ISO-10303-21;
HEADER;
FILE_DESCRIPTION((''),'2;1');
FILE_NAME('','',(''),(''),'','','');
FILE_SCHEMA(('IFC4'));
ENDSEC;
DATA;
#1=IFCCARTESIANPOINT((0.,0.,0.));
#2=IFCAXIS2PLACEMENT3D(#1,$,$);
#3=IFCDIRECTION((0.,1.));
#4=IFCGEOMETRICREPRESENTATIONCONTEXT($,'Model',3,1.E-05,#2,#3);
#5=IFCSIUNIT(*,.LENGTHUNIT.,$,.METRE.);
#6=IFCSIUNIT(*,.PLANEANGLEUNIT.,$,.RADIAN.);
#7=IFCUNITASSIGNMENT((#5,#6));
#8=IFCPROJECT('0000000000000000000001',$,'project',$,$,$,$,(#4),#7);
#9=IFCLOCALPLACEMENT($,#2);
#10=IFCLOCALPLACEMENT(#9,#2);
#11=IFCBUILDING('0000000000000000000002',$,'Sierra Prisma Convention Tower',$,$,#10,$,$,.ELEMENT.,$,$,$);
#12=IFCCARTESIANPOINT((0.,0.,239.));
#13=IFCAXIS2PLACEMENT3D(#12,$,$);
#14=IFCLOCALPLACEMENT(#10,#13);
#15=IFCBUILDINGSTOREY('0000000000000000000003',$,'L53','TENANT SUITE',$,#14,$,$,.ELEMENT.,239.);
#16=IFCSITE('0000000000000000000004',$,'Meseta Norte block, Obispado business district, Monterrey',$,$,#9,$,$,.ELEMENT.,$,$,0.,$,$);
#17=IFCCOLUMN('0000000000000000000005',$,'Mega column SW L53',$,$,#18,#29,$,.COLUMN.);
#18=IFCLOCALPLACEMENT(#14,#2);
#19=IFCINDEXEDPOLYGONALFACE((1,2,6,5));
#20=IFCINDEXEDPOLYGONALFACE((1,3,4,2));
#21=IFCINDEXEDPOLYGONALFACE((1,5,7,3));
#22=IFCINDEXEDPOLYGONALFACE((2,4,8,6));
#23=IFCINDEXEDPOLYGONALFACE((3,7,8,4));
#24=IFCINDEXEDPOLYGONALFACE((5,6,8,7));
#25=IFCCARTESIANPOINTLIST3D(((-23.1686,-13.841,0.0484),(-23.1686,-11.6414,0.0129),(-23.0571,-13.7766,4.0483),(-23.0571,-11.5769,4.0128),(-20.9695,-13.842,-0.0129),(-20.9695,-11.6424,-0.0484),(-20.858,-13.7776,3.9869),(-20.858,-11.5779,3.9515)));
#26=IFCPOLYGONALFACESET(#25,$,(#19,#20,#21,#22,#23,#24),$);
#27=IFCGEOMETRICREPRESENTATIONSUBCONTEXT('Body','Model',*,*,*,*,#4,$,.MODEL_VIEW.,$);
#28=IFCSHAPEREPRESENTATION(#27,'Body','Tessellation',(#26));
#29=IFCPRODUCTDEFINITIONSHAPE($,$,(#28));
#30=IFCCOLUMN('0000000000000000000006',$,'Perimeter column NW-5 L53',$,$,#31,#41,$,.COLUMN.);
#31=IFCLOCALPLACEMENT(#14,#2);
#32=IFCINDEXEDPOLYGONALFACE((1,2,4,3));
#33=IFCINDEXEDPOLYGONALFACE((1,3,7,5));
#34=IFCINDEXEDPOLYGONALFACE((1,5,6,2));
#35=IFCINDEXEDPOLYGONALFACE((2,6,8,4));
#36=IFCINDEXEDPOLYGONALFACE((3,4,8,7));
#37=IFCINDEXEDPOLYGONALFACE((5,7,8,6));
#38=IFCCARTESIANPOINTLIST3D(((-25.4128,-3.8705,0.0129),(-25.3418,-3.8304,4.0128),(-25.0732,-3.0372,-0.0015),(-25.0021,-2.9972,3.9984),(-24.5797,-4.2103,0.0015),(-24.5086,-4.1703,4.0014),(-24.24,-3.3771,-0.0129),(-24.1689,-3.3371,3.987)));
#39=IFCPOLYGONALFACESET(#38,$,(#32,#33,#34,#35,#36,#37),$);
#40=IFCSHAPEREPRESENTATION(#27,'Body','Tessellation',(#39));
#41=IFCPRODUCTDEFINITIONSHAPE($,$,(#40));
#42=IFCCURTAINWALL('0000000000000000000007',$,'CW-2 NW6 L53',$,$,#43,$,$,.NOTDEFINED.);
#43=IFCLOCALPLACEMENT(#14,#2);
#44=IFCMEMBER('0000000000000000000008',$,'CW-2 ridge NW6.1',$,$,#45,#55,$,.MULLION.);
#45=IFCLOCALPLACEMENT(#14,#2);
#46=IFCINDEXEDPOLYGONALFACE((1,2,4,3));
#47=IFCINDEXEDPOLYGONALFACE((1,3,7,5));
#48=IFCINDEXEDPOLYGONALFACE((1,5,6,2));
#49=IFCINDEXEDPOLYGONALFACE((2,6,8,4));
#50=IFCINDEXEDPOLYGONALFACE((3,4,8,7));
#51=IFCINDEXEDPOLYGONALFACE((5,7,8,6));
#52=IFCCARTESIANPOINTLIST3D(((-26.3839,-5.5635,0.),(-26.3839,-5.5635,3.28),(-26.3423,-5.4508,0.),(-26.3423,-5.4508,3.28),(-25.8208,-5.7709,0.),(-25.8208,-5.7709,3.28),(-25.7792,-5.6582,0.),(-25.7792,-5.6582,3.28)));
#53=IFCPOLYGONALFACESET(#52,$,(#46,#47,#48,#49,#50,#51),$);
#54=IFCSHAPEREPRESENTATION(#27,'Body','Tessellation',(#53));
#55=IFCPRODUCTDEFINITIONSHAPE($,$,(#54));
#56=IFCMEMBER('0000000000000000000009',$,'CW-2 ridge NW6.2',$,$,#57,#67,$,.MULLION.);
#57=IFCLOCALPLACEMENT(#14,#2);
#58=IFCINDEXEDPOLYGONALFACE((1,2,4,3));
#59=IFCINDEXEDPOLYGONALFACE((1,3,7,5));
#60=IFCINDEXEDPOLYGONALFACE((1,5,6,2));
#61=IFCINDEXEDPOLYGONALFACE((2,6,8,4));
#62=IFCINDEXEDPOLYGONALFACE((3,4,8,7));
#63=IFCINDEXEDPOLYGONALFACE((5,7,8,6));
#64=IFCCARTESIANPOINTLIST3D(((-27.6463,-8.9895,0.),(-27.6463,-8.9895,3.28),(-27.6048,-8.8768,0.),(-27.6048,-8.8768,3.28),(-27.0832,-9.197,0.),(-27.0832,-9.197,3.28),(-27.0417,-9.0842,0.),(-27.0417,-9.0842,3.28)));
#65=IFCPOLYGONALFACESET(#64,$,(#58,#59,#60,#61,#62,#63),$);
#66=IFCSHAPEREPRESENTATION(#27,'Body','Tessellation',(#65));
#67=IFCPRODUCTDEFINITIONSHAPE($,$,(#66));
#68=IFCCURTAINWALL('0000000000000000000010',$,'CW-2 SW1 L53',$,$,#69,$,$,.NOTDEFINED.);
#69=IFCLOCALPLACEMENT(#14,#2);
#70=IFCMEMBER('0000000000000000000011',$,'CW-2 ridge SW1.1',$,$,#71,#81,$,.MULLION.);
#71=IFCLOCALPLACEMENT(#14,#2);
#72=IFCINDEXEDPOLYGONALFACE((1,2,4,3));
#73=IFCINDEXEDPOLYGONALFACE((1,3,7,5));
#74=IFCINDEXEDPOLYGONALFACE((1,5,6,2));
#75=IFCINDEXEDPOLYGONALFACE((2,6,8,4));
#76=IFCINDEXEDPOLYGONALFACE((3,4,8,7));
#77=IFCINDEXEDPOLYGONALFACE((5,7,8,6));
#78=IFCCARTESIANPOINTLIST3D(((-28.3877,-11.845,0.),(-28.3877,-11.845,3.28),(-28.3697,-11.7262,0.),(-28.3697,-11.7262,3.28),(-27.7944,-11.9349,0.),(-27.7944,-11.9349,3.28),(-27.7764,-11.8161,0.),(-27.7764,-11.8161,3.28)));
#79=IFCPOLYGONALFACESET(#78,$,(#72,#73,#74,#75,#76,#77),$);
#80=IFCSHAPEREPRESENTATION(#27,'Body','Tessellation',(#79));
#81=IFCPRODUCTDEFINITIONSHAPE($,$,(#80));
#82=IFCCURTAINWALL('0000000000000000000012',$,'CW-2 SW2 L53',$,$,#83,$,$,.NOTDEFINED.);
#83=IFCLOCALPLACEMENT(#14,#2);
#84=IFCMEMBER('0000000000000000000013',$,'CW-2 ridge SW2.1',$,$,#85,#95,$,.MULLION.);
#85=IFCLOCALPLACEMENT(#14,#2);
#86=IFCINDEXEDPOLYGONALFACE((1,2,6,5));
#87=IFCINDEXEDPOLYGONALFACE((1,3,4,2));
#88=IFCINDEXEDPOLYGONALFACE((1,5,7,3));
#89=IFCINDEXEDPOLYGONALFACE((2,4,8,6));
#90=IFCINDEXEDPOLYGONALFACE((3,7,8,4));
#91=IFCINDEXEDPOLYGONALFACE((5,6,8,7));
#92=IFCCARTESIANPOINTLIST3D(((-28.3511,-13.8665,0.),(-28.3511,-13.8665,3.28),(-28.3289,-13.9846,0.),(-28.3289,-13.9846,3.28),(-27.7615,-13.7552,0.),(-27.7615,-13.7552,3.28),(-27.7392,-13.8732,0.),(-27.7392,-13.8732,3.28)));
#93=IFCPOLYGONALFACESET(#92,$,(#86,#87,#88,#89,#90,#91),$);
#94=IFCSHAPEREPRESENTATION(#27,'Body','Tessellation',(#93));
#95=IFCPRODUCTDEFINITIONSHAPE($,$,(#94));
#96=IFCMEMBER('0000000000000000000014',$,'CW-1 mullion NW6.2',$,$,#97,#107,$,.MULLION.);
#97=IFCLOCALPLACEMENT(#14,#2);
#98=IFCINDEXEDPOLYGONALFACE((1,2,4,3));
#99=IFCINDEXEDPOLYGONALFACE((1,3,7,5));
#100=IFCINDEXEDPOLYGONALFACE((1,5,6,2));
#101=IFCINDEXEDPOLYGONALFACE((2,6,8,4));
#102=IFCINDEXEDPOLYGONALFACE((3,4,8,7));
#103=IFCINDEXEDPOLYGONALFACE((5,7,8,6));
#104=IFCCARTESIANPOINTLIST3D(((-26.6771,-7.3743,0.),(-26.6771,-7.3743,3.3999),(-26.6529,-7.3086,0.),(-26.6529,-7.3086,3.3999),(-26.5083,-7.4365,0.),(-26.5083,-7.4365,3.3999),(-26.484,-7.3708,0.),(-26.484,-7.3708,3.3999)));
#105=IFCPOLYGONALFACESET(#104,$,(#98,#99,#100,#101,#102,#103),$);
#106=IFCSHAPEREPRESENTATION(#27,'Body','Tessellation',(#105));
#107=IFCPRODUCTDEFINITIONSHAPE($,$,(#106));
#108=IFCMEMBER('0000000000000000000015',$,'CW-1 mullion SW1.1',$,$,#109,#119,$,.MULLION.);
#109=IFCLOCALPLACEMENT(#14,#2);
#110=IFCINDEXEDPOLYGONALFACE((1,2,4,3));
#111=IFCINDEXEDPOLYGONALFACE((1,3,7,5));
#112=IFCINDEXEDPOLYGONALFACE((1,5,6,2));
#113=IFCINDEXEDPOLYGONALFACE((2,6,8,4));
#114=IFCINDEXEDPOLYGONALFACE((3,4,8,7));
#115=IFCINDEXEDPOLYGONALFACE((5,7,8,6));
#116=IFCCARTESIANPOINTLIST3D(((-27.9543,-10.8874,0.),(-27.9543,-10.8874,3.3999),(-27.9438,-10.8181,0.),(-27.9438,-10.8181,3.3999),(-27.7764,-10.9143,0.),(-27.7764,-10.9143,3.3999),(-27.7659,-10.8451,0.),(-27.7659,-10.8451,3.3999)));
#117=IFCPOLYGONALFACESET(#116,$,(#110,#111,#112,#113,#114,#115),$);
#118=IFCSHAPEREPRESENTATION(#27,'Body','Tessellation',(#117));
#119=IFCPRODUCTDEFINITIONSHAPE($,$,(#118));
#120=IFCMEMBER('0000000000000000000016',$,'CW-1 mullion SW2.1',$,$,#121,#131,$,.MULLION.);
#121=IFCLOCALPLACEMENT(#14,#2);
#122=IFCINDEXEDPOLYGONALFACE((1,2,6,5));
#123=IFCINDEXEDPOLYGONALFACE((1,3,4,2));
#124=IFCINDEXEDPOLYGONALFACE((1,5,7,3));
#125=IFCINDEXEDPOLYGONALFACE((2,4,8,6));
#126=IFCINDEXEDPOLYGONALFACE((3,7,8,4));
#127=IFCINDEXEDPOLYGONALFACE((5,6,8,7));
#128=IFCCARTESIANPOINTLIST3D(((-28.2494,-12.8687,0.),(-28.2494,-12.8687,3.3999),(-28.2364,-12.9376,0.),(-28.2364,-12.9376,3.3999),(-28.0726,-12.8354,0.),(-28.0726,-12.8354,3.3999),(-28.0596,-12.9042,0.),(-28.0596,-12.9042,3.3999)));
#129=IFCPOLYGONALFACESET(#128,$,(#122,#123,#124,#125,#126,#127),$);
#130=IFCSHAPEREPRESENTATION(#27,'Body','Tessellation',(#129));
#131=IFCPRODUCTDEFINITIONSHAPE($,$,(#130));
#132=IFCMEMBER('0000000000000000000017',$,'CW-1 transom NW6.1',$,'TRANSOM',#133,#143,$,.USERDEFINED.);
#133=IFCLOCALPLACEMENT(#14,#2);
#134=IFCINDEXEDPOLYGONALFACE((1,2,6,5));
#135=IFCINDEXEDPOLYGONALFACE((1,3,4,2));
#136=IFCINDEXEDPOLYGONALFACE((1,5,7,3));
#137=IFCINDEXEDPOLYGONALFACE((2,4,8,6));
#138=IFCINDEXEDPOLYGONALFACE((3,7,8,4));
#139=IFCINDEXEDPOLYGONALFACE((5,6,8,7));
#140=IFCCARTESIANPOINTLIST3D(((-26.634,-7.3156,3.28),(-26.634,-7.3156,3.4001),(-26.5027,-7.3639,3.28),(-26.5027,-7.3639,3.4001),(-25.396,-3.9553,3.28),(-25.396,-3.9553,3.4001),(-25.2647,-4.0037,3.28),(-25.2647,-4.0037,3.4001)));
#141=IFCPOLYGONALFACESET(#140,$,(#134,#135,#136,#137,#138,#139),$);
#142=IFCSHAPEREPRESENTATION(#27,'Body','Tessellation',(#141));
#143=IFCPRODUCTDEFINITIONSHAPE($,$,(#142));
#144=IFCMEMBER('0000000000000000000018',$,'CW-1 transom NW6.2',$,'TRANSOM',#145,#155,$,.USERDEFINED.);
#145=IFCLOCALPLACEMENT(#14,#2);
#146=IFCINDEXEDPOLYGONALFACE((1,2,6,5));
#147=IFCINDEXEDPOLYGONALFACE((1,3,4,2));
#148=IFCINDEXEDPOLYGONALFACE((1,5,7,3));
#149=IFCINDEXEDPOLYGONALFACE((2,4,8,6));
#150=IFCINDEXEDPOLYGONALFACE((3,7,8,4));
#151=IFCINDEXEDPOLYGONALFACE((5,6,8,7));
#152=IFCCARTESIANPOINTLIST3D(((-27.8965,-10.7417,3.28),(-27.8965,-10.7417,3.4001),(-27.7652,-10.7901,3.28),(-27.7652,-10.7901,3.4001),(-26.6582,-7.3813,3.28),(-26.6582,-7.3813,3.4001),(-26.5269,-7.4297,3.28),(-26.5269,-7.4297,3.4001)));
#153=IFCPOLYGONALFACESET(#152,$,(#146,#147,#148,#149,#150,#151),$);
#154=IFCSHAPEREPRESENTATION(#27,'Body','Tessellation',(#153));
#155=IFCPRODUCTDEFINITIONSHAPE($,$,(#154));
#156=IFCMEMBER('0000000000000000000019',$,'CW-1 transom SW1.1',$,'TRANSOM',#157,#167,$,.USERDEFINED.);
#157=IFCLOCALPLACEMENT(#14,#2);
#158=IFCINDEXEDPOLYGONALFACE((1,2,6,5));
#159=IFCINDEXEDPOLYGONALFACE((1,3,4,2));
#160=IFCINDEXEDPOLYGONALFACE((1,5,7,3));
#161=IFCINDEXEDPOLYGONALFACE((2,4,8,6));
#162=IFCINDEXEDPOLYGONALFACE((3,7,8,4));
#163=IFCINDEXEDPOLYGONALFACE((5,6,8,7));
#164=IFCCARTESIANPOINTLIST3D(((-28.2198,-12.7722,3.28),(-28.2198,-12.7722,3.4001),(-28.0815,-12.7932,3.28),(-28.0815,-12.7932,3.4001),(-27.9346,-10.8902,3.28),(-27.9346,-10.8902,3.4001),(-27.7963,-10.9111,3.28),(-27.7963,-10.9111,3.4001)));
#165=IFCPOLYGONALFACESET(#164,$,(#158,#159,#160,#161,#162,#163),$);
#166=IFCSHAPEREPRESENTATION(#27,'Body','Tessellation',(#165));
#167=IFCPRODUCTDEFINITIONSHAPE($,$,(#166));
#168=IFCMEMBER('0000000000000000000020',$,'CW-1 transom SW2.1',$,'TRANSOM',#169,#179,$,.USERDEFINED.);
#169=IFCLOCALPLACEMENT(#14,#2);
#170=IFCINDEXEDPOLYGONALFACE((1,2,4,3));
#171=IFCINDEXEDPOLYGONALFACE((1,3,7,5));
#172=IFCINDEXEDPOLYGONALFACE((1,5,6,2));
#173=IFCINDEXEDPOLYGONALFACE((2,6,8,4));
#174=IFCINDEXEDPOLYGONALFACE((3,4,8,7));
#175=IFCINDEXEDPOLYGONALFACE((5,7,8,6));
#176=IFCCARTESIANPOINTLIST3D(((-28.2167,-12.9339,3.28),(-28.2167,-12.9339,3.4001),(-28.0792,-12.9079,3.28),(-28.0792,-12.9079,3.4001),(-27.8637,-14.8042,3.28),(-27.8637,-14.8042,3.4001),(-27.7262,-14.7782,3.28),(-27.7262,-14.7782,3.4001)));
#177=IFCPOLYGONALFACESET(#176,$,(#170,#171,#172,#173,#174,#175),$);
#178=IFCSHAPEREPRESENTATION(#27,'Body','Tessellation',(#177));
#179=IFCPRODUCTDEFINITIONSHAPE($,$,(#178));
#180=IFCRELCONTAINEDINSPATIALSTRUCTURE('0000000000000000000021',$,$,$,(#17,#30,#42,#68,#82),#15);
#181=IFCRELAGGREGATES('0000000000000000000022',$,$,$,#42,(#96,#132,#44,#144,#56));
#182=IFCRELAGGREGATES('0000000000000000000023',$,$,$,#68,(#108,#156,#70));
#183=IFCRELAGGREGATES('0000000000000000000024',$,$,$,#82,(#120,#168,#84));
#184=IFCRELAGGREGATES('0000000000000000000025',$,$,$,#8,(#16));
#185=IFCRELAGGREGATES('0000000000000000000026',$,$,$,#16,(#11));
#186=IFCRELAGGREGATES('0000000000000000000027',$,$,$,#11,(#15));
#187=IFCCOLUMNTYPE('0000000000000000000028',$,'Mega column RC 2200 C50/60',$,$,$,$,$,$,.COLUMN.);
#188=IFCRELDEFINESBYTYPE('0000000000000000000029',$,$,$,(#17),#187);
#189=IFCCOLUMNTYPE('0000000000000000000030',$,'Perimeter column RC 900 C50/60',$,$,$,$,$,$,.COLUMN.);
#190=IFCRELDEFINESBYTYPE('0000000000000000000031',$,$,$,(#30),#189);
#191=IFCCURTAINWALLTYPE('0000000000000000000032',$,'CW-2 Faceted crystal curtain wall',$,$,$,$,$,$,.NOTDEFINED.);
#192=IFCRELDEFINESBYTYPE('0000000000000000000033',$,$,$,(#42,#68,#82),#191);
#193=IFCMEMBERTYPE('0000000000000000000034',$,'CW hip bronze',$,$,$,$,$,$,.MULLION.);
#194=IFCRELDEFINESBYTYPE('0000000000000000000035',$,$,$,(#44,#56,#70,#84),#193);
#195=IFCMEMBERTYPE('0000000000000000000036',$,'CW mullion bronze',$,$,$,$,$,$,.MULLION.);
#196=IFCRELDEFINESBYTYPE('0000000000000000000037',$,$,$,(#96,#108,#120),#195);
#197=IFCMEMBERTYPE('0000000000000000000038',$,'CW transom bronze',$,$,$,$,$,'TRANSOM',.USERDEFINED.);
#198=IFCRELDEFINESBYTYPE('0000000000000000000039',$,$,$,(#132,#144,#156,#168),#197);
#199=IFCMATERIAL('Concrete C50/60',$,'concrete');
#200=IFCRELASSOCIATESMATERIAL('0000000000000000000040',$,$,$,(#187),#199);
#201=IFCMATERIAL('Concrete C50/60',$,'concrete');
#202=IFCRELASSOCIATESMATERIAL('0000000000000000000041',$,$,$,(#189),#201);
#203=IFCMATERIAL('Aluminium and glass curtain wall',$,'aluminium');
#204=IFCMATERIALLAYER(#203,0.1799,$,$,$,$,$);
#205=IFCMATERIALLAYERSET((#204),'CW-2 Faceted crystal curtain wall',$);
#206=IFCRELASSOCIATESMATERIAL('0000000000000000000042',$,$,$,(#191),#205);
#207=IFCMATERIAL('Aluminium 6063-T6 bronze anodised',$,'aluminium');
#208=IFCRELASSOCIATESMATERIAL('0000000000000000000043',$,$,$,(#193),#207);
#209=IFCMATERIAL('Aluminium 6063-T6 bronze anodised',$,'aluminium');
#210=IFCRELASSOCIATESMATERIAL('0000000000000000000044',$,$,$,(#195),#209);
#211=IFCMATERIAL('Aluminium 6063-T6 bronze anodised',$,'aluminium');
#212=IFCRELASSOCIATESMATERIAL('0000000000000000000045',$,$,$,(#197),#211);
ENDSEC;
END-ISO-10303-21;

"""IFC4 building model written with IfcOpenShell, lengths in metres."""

from ifc_helpers import new_model, si_unit, direction, frame, origin, origin_2d, place, context, subcontext, project, spatial, rectangle, extrude, material, layer, layer_set, material_profile, profile_set, type_object, element, aggregate, save


model = new_model("IFC4")

# Units and contexts
model_context = context("Model", 3, precision=1e-05, world=origin(), true_north=direction((0.0, 1.0)))
body_context = subcontext(model_context, "Body", "Model", "MODEL_VIEW")
ifc_project = project(units=[si_unit("LENGTHUNIT", "METRE"), si_unit("PLANEANGLEUNIT", "RADIAN")], contexts=[model_context])

# Site, building, storey
site_placement = place(None, origin())
site = spatial("IfcSite", under=ifc_project, at=site_placement, Name="Meseta Norte block, Obispado business district, Monterrey", CompositionType="ELEMENT", RefElevation=0.0)
building_placement = place(site_placement, origin())
building = spatial("IfcBuilding", under=site, at=building_placement, Name="Sierra Prisma Convention Tower", CompositionType="ELEMENT")
storey_placement = place(building_placement, frame((0.0, 0.0, 239.0)))
storey = spatial("IfcBuildingStorey", under=building, at=storey_placement, Name="L53", Description="TENANT SUITE", CompositionType="ELEMENT", Elevation=239.0)

# Columns
ifc_material_1 = material(Name="Concrete C50/60", Category="concrete")
ifc_material_profile_1 = material_profile(ifc_material_1, rectangle(XDim=2.2, YDim=2.2, at=origin_2d()), Name="Mega column RC 2200 C50/60")
ifc_profile_set_1 = profile_set([ifc_material_profile_1], Name="Concrete C50/60")
column_type_1 = type_object("IfcColumnType", Name="Mega column RC 2200 C50/60", PredefinedType="COLUMN", material=ifc_profile_set_1)
column_1_placement = place(storey_placement, frame((-22.0691, -12.7417, 0.0), z_axis=(0.027879, 0.016105, 0.999482), x_axis=(0.999611, -0.000449, -0.027875)))
element("IfcColumn", 1, at=column_1_placement, inside=storey, type_object=column_type_1, Name="Mega column SW L53", PredefinedType="COLUMN", context=body_context, shape_type="SweptSolid", body=[
    extrude(rectangle(XDim=2.2, YDim=2.2, at=origin_2d()), origin(), (0.0, 0.0, 1.0), 4.002),
])
ifc_material_2 = material(Name="Concrete C50/60", Category="concrete")
ifc_material_profile_2 = material_profile(ifc_material_2, rectangle(XDim=0.8999, YDim=0.8999, at=origin_2d()), Name="Perimeter column RC 900 C50/60")
ifc_profile_set_2 = profile_set([ifc_material_profile_2], Name="Concrete C50/60")
column_type_2 = type_object("IfcColumnType", Name="Perimeter column RC 900 C50/60", PredefinedType="COLUMN", material=ifc_profile_set_2)
column_2_placement = place(storey_placement, frame((-24.8264, -3.6238, 0.0), z_axis=(0.017758, 0.010008, 0.999792), x_axis=(0.377463, 0.925887, -0.015972)))
element("IfcColumn", 2, at=column_2_placement, inside=storey, type_object=column_type_2, Name="Perimeter column NW-5 L53", PredefinedType="COLUMN", context=body_context, shape_type="SweptSolid", body=[
    extrude(rectangle(XDim=0.8999, YDim=0.8999, at=origin_2d()), origin(), (0.0, 0.0, 1.0), 4.0007),
])

# Curtain wall, members
ifc_material_3 = material(Name="Aluminium and glass curtain wall", Category="aluminium")
ifc_layer_1 = layer(ifc_material_3, 0.1799)
ifc_layer_set_1 = layer_set([ifc_layer_1], Name="CW-2 Faceted crystal curtain wall")
curtain_wall_type = type_object("IfcCurtainWallType", Name="CW-2 Faceted crystal curtain wall", PredefinedType="NOTDEFINED", material=ifc_layer_set_1)
curtain_wall_1_placement = place(storey_placement, origin())
curtain_wall_1 = element("IfcCurtainWall", 3, at=curtain_wall_1_placement, inside=storey, type_object=curtain_wall_type, Name="CW-2 NW6 L53", PredefinedType="NOTDEFINED")
ifc_material_4 = material(Name="Aluminium 6063-T6 bronze anodised", Category="aluminium")
ifc_material_profile_3 = material_profile(ifc_material_4, rectangle(XDim=0.1201, YDim=0.6001, at=origin_2d()), Name="ALU RIDGE BLADE 120x600")
ifc_profile_set_3 = profile_set([ifc_material_profile_3], Name="Aluminium 6063-T6 bronze anodised")
member_type_1 = type_object("IfcMemberType", Name="CW hip bronze", PredefinedType="MULLION", material=ifc_profile_set_3)
member_1_placement = place(storey_placement, frame((-26.0815, -5.6108, 0.0), z_axis=(0.0, 0.0, 1.0), x_axis=(-0.345714, -0.93834, 0.0)))
member_1 = element("IfcMember", 4, at=member_1_placement, type_object=member_type_1, Name="CW-2 ridge NW6.1", PredefinedType="MULLION", context=body_context, shape_type="SweptSolid", body=[
    extrude(rectangle(XDim=0.1201, YDim=0.6001, at=origin_2d()), origin(), (0.0, 0.0, 1.0), 3.28),
])
member_2_placement = place(storey_placement, frame((-27.344, -9.0369, 0.0), z_axis=(0.0, 0.0, 1.0), x_axis=(-0.345714, -0.93834, 0.0)))
member_2 = element("IfcMember", 5, at=member_2_placement, type_object=member_type_1, Name="CW-2 ridge NW6.2", PredefinedType="MULLION", context=body_context, shape_type="SweptSolid", body=[
    extrude(rectangle(XDim=0.1201, YDim=0.6001, at=origin_2d()), origin(), (0.0, 0.0, 1.0), 3.28),
])

# Curtain walls, members
curtain_wall_2_placement = place(storey_placement, origin())
curtain_wall_2 = element("IfcCurtainWall", 6, at=curtain_wall_2_placement, inside=storey, type_object=curtain_wall_type, Name="CW-2 SW1 L53", PredefinedType="NOTDEFINED")
member_3_placement = place(storey_placement, frame((-28.082, -11.8306, 0.0), z_axis=(0.0, 0.0, 1.0), x_axis=(-0.149818, -0.988714, 0.0)))
member_3 = element("IfcMember", 7, at=member_3_placement, type_object=member_type_1, Name="CW-2 ridge SW1.1", PredefinedType="MULLION", context=body_context, shape_type="SweptSolid", body=[
    extrude(rectangle(XDim=0.1201, YDim=0.6001, at=origin_2d()), origin(), (0.0, 0.0, 1.0), 3.28),
])
curtain_wall_3_placement = place(storey_placement, origin())
curtain_wall_3 = element("IfcCurtainWall", 8, at=curtain_wall_3_placement, inside=storey, type_object=curtain_wall_type, Name="CW-2 SW2 L53", PredefinedType="NOTDEFINED")
member_4_placement = place(storey_placement, frame((-28.0452, -13.8699, 0.0), z_axis=(0.0, 0.0, 1.0), x_axis=(0.185526, -0.982639, 0.0)))
member_4 = element("IfcMember", 9, at=member_4_placement, type_object=member_type_1, Name="CW-2 ridge SW2.1", PredefinedType="MULLION", context=body_context, shape_type="SweptSolid", body=[
    extrude(rectangle(XDim=0.1201, YDim=0.6001, at=origin_2d()), origin(), (0.0, 0.0, 1.0), 3.28),
])

# Members
ifc_material_5 = material(Name="Aluminium 6063-T6 bronze anodised", Category="aluminium")
ifc_material_profile_4 = material_profile(ifc_material_5, rectangle(XDim=0.1799, YDim=0.0701, at=origin_2d()), Name="ALU MULLION 70x180")
ifc_profile_set_4 = profile_set([ifc_material_profile_4], Name="Aluminium 6063-T6 bronze anodised")
member_type_2 = type_object("IfcMemberType", Name="CW mullion bronze", PredefinedType="MULLION", material=ifc_profile_set_4)
member_5_placement = place(storey_placement, frame((-26.5806, -7.3726, 0.0), z_axis=(0.0, 0.0, 1.0), x_axis=(0.93834, -0.345714, 0.0)))
member_5 = element("IfcMember", 10, at=member_5_placement, type_object=member_type_2, Name="CW-1 mullion NW6.2", PredefinedType="MULLION", context=body_context, shape_type="SweptSolid", body=[
    extrude(rectangle(XDim=0.1799, YDim=0.0701, at=origin_2d()), origin(), (0.0, 0.0, 1.0), 3.3999),
])
member_6_placement = place(storey_placement, frame((-27.8601, -10.8662, 0.0), z_axis=(0.0, 0.0, 1.0), x_axis=(0.988714, -0.149818, 0.0)))
member_6 = element("IfcMember", 11, at=member_6_placement, type_object=member_type_2, Name="CW-1 mullion SW1.1", PredefinedType="MULLION", context=body_context, shape_type="SweptSolid", body=[
    extrude(rectangle(XDim=0.1799, YDim=0.0701, at=origin_2d()), origin(), (0.0, 0.0, 1.0), 3.3999),
])
member_7_placement = place(storey_placement, frame((-28.1545, -12.8865, 0.0), z_axis=(0.0, 0.0, 1.0), x_axis=(0.982639, 0.185526, 0.0)))
member_7 = element("IfcMember", 12, at=member_7_placement, type_object=member_type_2, Name="CW-1 mullion SW2.1", PredefinedType="MULLION", context=body_context, shape_type="SweptSolid", body=[
    extrude(rectangle(XDim=0.1799, YDim=0.0701, at=origin_2d()), origin(), (0.0, 0.0, 1.0), 3.3999),
])
ifc_material_6 = material(Name="Aluminium 6063-T6 bronze anodised", Category="aluminium")
ifc_material_profile_5 = material_profile(ifc_material_6, rectangle(XDim=0.1399, YDim=0.1201, at=origin_2d()), Name="ALU TRANSOM 120x140")
ifc_profile_set_5 = profile_set([ifc_material_profile_5], Name="Aluminium 6063-T6 bronze anodised")
member_type_3 = type_object("IfcMemberType", Name="CW transom bronze", ElementType="TRANSOM", PredefinedType="USERDEFINED", material=ifc_profile_set_5)
member_8_placement = place(storey_placement, frame((-25.3303, -3.9795, 3.3401), z_axis=(-0.345709, -0.938342, 0.0), x_axis=(0.938342, -0.345709, 0.0)))
member_8 = element("IfcMember", 13, at=member_8_placement, type_object=member_type_3, Name="CW-1 transom NW6.1", ObjectType="TRANSOM", PredefinedType="USERDEFINED", context=body_context, shape_type="SweptSolid", body=[
    extrude(rectangle(XDim=0.1399, YDim=0.1201, at=origin_2d()), origin(), (0.0, 0.0, 1.0), 3.5811),
])
member_9_placement = place(storey_placement, frame((-26.5925, -7.4055, 3.3401), z_axis=(-0.345769, -0.93832, 0.0), x_axis=(0.93832, -0.345769, 0.0)))
member_9 = element("IfcMember", 14, at=member_9_placement, type_object=member_type_3, Name="CW-1 transom NW6.2", ObjectType="TRANSOM", PredefinedType="USERDEFINED", context=body_context, shape_type="SweptSolid", body=[
    extrude(rectangle(XDim=0.1399, YDim=0.1201, at=origin_2d()), origin(), (0.0, 0.0, 1.0), 3.5813),
])
member_10_placement = place(storey_placement, frame((-27.8655, -10.9006, 3.3401), z_axis=(-0.149802, -0.988716, 0.0), x_axis=(0.988716, -0.149802, 0.0)))
member_10 = element("IfcMember", 15, at=member_10_placement, type_object=member_type_3, Name="CW-1 transom SW1.1", ObjectType="TRANSOM", PredefinedType="USERDEFINED", context=body_context, shape_type="SweptSolid", body=[
    extrude(rectangle(XDim=0.1399, YDim=0.1201, at=origin_2d()), origin(), (0.0, 0.0, 1.0), 1.9036),
])
member_11_placement = place(storey_placement, frame((-28.1479, -12.9209, 3.3401), z_axis=(0.185473, -0.982649, 0.0), x_axis=(0.982649, 0.185473, 0.0)))
member_11 = element("IfcMember", 16, at=member_11_placement, type_object=member_type_3, Name="CW-1 transom SW2.1", ObjectType="TRANSOM", PredefinedType="USERDEFINED", context=body_context, shape_type="SweptSolid", body=[
    extrude(rectangle(XDim=0.1399, YDim=0.1201, at=origin_2d()), origin(), (0.0, 0.0, 1.0), 1.9033),
])

aggregate(curtain_wall_1, [member_5, member_8, member_1, member_9, member_2])
aggregate(curtain_wall_2, [member_6, member_10, member_3])
aggregate(curtain_wall_3, [member_7, member_11, member_4])

save(model, "model.ifc")
